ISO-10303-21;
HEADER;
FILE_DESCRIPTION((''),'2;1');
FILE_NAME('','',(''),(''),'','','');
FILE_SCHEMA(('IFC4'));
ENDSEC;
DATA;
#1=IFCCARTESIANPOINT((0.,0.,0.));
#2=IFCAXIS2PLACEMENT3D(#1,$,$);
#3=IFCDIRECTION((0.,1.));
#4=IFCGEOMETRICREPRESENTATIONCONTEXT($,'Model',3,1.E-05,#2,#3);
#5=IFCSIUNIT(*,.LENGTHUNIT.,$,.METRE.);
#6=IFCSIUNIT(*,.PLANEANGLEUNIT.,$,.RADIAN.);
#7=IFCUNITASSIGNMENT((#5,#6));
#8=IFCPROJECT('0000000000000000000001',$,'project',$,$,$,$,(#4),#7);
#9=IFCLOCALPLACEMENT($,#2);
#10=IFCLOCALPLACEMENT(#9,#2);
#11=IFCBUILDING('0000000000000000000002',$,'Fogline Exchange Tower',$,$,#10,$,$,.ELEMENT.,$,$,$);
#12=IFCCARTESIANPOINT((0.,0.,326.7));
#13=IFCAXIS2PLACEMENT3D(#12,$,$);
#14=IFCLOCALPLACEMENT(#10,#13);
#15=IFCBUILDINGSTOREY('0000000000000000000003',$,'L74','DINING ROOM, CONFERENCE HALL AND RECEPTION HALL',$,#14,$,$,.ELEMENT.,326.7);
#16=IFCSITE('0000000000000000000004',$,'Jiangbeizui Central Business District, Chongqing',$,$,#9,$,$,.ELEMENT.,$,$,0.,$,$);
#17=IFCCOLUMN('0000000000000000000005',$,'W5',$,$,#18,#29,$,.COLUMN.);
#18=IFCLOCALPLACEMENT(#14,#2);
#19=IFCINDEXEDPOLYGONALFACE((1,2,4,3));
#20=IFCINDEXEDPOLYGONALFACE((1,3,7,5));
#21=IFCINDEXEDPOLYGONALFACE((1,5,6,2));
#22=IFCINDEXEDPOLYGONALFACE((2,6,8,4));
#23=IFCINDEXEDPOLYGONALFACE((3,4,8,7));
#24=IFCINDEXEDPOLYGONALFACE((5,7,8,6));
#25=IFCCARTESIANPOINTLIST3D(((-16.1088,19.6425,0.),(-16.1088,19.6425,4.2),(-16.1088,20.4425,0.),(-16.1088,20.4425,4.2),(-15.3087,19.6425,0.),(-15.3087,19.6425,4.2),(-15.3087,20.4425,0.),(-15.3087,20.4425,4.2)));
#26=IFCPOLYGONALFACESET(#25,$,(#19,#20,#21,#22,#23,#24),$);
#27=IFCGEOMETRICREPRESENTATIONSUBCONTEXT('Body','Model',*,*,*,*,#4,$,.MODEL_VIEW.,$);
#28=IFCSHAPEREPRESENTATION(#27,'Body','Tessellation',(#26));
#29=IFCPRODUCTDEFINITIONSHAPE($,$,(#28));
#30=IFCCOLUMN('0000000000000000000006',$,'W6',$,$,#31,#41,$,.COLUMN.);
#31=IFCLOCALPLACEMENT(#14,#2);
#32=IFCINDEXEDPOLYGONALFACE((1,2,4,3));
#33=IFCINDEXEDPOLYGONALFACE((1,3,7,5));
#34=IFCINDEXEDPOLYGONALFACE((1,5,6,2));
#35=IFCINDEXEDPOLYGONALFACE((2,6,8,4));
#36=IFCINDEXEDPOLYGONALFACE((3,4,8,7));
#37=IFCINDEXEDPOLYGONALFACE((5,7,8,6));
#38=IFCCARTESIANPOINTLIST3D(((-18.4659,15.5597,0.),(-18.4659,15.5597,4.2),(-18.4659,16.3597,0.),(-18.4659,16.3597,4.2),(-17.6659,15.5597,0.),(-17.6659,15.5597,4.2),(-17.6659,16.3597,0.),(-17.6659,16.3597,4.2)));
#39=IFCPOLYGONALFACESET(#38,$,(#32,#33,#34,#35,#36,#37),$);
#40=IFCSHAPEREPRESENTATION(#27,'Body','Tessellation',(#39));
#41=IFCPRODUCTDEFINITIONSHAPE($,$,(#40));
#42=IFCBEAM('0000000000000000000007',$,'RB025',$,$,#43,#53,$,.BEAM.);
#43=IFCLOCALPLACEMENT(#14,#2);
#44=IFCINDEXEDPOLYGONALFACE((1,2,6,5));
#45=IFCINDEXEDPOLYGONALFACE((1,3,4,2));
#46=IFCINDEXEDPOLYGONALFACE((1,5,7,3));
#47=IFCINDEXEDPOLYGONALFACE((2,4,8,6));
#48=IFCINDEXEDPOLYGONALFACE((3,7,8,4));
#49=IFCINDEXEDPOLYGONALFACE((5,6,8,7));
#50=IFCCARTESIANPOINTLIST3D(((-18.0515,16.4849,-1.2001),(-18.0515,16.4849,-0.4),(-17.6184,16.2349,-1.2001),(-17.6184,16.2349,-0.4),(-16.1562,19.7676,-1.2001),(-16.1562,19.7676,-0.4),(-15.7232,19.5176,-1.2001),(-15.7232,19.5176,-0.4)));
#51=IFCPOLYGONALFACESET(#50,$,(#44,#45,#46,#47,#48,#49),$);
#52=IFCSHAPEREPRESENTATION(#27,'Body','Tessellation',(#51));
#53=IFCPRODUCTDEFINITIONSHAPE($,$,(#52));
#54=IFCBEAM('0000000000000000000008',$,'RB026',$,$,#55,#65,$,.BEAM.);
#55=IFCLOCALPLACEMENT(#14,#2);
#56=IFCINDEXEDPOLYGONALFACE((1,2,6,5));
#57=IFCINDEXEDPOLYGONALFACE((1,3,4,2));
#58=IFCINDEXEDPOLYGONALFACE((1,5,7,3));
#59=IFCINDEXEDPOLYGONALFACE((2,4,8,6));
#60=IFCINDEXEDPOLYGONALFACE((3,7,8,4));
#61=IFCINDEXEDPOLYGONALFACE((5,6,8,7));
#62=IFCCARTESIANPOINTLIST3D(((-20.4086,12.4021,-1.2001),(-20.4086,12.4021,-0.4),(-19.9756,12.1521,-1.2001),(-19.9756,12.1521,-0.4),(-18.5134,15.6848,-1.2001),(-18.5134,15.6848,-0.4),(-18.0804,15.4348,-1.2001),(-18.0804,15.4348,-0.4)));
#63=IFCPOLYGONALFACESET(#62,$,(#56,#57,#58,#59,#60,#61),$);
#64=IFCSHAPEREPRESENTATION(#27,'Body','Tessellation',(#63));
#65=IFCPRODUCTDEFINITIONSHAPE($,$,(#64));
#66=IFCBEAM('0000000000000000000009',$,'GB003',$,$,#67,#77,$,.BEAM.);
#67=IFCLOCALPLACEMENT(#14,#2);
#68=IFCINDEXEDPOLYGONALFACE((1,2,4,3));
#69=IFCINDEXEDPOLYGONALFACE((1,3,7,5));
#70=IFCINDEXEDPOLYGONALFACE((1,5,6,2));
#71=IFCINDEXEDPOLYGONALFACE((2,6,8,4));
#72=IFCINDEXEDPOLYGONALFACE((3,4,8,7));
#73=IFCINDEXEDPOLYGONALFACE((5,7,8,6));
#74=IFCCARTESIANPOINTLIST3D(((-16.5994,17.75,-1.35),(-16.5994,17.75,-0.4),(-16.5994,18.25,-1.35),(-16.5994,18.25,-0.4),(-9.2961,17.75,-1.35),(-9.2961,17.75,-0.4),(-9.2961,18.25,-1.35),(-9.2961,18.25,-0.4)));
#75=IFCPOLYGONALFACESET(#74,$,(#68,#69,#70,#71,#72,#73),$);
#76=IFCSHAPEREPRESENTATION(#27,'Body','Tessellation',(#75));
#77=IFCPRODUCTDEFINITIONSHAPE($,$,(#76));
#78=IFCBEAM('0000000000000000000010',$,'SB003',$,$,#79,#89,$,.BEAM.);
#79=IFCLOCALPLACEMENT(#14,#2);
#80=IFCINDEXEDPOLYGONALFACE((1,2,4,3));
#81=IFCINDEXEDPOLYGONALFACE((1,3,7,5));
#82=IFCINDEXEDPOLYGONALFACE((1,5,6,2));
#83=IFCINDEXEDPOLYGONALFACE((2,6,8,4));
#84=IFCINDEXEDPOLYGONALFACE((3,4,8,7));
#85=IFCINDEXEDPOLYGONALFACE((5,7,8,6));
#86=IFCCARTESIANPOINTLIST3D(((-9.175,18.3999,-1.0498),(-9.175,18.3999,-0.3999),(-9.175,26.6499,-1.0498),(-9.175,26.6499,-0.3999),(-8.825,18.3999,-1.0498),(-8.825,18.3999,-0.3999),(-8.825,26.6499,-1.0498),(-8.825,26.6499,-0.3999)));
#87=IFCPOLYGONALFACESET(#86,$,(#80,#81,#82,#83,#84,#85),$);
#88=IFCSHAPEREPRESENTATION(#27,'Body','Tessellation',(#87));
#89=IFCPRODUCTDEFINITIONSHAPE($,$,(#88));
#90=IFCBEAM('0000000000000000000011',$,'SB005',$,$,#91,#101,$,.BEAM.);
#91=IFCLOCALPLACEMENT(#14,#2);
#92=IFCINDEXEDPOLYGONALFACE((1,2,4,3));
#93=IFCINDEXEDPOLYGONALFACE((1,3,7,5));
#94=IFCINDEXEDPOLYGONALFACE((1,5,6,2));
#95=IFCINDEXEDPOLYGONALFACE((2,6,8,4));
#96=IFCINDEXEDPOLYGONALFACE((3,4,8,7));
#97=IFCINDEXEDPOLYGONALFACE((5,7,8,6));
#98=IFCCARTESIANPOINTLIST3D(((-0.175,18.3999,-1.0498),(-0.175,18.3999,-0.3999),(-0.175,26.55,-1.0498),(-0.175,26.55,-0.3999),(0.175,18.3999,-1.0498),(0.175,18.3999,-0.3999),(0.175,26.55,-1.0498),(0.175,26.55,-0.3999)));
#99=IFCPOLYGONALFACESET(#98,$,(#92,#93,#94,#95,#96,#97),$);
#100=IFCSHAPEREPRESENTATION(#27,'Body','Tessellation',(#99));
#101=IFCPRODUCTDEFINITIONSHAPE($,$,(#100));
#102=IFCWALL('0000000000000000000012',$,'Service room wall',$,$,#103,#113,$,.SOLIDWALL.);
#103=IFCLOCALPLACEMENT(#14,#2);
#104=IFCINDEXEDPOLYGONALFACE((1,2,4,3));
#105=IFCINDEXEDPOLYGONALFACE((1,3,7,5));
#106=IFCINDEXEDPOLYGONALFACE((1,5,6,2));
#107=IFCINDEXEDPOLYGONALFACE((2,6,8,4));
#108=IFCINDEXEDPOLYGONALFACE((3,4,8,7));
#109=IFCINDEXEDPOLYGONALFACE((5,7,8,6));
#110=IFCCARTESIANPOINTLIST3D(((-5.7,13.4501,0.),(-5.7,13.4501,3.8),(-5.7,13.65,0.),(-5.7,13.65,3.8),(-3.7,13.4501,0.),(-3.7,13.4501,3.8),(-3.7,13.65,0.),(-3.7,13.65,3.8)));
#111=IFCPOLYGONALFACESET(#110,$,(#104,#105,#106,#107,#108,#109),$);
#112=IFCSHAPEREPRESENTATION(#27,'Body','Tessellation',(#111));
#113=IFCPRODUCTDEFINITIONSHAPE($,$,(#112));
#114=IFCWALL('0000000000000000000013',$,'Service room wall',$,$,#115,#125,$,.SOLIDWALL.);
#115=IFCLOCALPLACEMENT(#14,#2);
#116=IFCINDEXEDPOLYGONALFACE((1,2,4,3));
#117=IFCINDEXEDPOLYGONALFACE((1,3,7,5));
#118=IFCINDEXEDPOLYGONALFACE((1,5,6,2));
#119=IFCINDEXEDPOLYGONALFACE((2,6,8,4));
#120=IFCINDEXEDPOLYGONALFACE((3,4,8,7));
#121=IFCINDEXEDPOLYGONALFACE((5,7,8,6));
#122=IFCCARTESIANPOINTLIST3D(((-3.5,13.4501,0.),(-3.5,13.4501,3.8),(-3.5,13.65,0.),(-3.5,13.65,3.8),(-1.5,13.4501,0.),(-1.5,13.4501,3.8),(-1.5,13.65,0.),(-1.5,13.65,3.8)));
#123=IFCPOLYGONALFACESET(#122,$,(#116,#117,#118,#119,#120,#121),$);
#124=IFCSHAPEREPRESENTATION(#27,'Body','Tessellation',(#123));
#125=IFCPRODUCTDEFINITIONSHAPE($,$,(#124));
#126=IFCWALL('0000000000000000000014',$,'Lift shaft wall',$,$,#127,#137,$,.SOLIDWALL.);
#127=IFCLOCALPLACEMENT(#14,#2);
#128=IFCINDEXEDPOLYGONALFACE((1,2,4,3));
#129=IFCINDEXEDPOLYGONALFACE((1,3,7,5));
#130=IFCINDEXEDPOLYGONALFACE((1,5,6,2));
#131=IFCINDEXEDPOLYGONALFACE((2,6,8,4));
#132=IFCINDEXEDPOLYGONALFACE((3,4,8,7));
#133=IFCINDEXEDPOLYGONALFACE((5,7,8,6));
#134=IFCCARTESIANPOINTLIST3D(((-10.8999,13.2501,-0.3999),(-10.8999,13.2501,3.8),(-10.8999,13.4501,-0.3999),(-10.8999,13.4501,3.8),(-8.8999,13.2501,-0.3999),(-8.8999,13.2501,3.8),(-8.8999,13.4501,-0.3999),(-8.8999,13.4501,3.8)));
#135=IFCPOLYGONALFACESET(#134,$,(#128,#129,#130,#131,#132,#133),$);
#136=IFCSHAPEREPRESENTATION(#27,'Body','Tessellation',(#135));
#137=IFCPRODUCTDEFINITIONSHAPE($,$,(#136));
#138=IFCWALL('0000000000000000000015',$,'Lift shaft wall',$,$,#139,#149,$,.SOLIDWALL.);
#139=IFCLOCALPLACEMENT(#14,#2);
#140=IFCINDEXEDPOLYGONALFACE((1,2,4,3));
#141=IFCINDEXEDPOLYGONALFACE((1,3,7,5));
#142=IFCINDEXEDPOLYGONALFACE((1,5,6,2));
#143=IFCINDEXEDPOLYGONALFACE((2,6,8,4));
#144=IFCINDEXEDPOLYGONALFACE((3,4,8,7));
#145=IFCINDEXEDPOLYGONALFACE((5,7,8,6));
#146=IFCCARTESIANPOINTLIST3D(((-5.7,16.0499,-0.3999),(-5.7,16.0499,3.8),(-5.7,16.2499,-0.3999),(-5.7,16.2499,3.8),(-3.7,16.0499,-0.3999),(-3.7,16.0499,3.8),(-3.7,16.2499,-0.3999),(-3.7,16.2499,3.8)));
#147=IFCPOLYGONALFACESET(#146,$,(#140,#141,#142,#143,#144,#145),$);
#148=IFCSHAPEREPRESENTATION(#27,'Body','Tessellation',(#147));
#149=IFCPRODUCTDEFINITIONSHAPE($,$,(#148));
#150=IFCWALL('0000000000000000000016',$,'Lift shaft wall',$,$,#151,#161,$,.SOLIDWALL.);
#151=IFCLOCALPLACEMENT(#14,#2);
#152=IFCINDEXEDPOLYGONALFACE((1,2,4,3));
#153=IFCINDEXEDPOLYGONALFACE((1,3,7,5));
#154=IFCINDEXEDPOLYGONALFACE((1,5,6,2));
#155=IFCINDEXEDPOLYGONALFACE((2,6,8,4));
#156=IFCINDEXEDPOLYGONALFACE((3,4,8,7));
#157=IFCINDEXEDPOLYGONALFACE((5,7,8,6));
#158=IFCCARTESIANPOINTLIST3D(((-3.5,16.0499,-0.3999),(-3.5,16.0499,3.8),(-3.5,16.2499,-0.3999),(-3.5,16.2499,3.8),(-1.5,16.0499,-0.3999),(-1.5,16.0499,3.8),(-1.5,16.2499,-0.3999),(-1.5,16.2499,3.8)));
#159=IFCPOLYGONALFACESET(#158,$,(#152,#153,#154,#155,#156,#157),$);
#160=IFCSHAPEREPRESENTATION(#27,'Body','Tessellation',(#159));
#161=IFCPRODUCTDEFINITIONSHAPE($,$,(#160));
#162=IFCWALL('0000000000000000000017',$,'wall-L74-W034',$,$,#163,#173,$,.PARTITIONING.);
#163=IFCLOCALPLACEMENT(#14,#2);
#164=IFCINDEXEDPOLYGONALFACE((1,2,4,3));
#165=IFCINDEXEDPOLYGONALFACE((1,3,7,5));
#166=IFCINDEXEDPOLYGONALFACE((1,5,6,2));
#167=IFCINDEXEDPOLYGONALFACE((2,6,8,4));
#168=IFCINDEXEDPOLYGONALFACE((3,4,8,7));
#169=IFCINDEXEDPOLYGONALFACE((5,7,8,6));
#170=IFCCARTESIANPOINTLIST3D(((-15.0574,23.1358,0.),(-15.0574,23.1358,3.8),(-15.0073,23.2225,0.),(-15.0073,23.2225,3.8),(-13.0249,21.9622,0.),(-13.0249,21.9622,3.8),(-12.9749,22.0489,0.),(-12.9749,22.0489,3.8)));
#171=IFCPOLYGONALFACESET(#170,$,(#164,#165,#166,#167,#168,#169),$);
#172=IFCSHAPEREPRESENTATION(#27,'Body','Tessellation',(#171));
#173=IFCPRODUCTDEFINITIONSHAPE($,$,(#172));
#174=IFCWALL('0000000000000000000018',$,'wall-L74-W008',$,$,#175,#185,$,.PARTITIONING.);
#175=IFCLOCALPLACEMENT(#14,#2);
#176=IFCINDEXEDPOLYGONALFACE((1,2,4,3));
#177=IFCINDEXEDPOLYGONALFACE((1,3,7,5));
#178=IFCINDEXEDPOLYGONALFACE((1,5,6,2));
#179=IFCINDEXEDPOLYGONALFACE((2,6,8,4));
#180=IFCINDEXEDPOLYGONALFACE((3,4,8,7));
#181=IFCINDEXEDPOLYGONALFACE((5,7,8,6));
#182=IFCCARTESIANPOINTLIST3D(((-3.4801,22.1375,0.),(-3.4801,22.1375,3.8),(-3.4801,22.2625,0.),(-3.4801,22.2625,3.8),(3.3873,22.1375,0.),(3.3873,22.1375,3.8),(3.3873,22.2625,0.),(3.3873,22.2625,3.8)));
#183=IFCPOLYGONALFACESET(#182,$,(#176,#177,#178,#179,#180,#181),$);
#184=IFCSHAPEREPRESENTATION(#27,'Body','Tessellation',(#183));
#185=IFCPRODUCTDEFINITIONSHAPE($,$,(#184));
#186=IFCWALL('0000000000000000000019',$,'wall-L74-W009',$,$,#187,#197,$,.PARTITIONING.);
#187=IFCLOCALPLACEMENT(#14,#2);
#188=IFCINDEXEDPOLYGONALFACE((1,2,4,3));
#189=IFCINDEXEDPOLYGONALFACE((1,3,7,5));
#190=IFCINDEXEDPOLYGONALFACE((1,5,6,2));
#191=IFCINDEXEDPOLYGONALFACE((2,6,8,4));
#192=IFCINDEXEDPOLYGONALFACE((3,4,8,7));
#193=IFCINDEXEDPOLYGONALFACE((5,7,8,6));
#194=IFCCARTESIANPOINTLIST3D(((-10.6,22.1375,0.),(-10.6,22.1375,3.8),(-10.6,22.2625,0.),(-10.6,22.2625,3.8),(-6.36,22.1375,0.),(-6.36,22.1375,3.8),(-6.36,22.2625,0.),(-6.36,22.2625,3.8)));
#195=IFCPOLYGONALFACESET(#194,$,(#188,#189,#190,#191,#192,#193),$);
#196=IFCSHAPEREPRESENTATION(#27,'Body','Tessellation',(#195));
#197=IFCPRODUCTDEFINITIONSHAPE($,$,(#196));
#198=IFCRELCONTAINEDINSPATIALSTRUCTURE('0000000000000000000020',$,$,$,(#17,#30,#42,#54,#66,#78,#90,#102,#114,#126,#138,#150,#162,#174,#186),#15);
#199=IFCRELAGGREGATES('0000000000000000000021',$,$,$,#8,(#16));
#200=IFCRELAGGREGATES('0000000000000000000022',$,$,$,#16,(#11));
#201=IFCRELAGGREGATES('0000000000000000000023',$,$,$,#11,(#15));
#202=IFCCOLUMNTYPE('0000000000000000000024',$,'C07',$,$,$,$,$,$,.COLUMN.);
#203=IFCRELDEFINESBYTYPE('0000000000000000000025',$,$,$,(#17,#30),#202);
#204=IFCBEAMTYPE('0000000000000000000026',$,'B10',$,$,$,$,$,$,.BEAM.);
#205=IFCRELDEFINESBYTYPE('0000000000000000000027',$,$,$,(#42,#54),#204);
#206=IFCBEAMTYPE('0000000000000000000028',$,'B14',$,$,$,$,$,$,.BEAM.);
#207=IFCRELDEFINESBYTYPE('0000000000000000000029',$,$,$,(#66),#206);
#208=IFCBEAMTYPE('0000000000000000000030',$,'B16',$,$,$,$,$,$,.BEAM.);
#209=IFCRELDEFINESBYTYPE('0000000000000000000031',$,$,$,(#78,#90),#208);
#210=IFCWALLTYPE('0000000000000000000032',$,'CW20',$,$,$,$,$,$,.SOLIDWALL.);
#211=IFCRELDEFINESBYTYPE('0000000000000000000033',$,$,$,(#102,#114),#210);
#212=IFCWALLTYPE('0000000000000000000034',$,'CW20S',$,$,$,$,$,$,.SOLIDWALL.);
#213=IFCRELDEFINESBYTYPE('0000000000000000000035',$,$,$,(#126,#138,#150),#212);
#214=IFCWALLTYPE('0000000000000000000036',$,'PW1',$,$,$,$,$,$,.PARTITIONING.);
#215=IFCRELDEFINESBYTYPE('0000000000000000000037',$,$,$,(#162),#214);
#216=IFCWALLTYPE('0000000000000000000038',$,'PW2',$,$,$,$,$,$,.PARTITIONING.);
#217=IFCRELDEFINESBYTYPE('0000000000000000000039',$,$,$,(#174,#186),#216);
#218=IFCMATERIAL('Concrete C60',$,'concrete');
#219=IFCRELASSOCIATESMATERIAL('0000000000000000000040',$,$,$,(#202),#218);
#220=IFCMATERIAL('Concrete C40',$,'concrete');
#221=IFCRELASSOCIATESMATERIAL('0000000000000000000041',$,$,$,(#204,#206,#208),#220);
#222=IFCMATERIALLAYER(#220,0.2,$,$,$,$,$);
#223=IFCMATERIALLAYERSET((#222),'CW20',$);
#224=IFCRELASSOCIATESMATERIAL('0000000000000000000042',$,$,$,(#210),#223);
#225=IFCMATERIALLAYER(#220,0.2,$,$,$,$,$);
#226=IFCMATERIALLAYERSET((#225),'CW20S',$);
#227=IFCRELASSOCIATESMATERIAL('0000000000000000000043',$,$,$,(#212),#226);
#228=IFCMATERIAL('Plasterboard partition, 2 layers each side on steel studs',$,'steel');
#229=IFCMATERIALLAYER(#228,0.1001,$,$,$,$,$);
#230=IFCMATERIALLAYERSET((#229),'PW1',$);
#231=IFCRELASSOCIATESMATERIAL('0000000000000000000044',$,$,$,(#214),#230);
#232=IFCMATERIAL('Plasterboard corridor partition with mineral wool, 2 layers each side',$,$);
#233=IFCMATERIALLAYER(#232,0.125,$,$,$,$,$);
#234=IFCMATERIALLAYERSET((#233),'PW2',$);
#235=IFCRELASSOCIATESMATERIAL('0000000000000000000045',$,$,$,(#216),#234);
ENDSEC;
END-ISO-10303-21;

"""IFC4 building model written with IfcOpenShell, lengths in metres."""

from ifc_helpers import new_model, si_unit, direction, frame, frame_2d, origin, origin_2d, place, context, subcontext, project, spatial, rectangle, extrude, material, layer, layer_set, material_profile, profile_set, type_object, element, save


model = new_model("IFC4")

# Units and contexts
model_context = context("Model", 3, precision=1e-05, world=origin(), true_north=direction((0.0, 1.0)))
body_context = subcontext(model_context, "Body", "Model", "MODEL_VIEW")
ifc_project = project(units=[si_unit("LENGTHUNIT", "METRE"), si_unit("PLANEANGLEUNIT", "RADIAN")], contexts=[model_context])

# Site, building, storey
site_placement = place(None, origin())
site = spatial("IfcSite", under=ifc_project, at=site_placement, Name="Jiangbeizui Central Business District, Chongqing", CompositionType="ELEMENT", RefElevation=0.0)
building_placement = place(site_placement, origin())
building = spatial("IfcBuilding", under=site, at=building_placement, Name="Fogline Exchange Tower", CompositionType="ELEMENT")
storey_placement = place(building_placement, frame((0.0, 0.0, 326.7)))
storey = spatial("IfcBuildingStorey", under=building, at=storey_placement, Name="L74", Description="DINING ROOM, CONFERENCE HALL AND RECEPTION HALL", CompositionType="ELEMENT", Elevation=326.7)

# Columns
ifc_material_1 = material(Name="Concrete C60", Category="concrete")
ifc_material_profile_1 = material_profile(ifc_material_1, rectangle(XDim=0.8, YDim=0.8, at=origin_2d()), Name="RC 800x800")
ifc_profile_set_1 = profile_set([ifc_material_profile_1], Name="Concrete C60")
column_type = type_object("IfcColumnType", Name="C07", PredefinedType="COLUMN", material=ifc_profile_set_1)
for number, where, z_axis, x_axis, name in (
    (1, (-15.7087, 20.0425, 0.0), (0.0, 0.0, 1.0), (1.0, 0.0, 0.0), "W5"),
    (2, (-18.0659, 15.9597, 0.0), (0.0, 0.0, 1.0), (1.0, 0.0, 0.0), "W6"),
):
    element("IfcColumn", number, at=place(storey_placement, frame(where, z_axis=z_axis, x_axis=x_axis)), inside=storey, type_object=column_type, Name=name, PredefinedType="COLUMN", context=body_context, shape_type="SweptSolid", body=[
        extrude(rectangle(XDim=0.8, YDim=0.8, at=origin_2d()), origin(), (0.0, 0.0, 1.0), 4.2),
    ])

# Beams
ifc_material_2 = material(Name="Concrete C40", Category="concrete")
ifc_material_profile_2 = material_profile(ifc_material_2, rectangle(XDim=0.5, YDim=0.8, at=origin_2d()), Name="RC 500x800")
ifc_profile_set_2 = profile_set([ifc_material_profile_2], Name="Concrete C40")
beam_type_1 = type_object("IfcBeamType", Name="B10", PredefinedType="BEAM", material=ifc_profile_set_2)
for number, where, z_axis, x_axis, name in (
    (3, (-15.9397, 19.6426, -0.8), (-0.499998, -0.866027, 0.0), (0.866027, -0.499998, 0.0), "RB025"),
    (4, (-18.2969, 15.5598, -0.8), (-0.499998, -0.866027, 0.0), (0.866027, -0.499998, 0.0), "RB026"),
):
    element("IfcBeam", number, at=place(storey_placement, frame(where, z_axis=z_axis, x_axis=x_axis)), inside=storey, type_object=beam_type_1, Name=name, PredefinedType="BEAM", context=body_context, shape_type="SweptSolid", body=[
        extrude(rectangle(XDim=0.5, YDim=0.8, at=origin_2d()), origin(), (0.0, 0.0, 1.0), 3.7905),
    ])
ifc_material_profile_3 = material_profile(ifc_material_2, rectangle(XDim=0.5, YDim=0.95, at=origin_2d()), Name="RC 500x950")
ifc_profile_set_3 = profile_set([ifc_material_profile_3], Name="Concrete C40")
beam_type_2 = type_object("IfcBeamType", Name="B14", PredefinedType="BEAM", material=ifc_profile_set_3)
beam_1_placement = place(storey_placement, frame((-16.5994, 18.0, -0.875), z_axis=(1.0, 0.0, 0.0), x_axis=(0.0, 1.0, 0.0)))
element("IfcBeam", 5, at=beam_1_placement, inside=storey, type_object=beam_type_2, Name="GB003", PredefinedType="BEAM", context=body_context, shape_type="SweptSolid", body=[
    extrude(rectangle(XDim=0.5, YDim=0.95, at=origin_2d()), origin(), (0.0, 0.0, 1.0), 7.3032),
])
ifc_material_profile_4 = material_profile(ifc_material_2, rectangle(XDim=0.3501, YDim=0.6499, at=origin_2d()), Name="RC 350x650")
ifc_profile_set_4 = profile_set([ifc_material_profile_4], Name="Concrete C40")
beam_type_3 = type_object("IfcBeamType", Name="B16", PredefinedType="BEAM", material=ifc_profile_set_4)
beam_2_placement = place(storey_placement, frame((-9.0, 18.3999, -0.7249), z_axis=(0.0, 1.0, 0.0), x_axis=(-1.0, 0.0, 0.0)))
element("IfcBeam", 6, at=beam_2_placement, inside=storey, type_object=beam_type_3, Name="SB003", PredefinedType="BEAM", context=body_context, shape_type="SweptSolid", body=[
    extrude(rectangle(XDim=0.3501, YDim=0.6499, at=origin_2d()), origin(), (0.0, 0.0, 1.0), 8.25),
])
beam_3_placement = place(storey_placement, frame((0.0, 18.3999, -0.7249), z_axis=(0.0, 1.0, 0.0), x_axis=(-1.0, 0.0, 0.0)))
element("IfcBeam", 7, at=beam_3_placement, inside=storey, type_object=beam_type_3, Name="SB005", PredefinedType="BEAM", context=body_context, shape_type="SweptSolid", body=[
    extrude(rectangle(XDim=0.3501, YDim=0.6499, at=origin_2d()), origin(), (0.0, 0.0, 1.0), 8.1501),
])

# Walls
ifc_layer_1 = layer(ifc_material_2, 0.2)
ifc_layer_set_1 = layer_set([ifc_layer_1], Name="CW20")
wall_type_1 = type_object("IfcWallType", Name="CW20", PredefinedType="SOLIDWALL", material=ifc_layer_set_1)
for number, where, z_axis, x_axis, name in (
    (8, (-5.7, 13.55, 0.0), (0.0, 0.0, 1.0), (1.0, 0.0, 0.0), "Service room wall"),
    (9, (-3.5, 13.55, 0.0), (0.0, 0.0, 1.0), (1.0, 0.0, 0.0), "Service room wall"),
):
    element("IfcWall", number, at=place(storey_placement, frame(where, z_axis=z_axis, x_axis=x_axis)), inside=storey, type_object=wall_type_1, Name=name, PredefinedType="SOLIDWALL", context=body_context, shape_type="SweptSolid", body=[
        extrude(rectangle(XDim=2.0, YDim=0.2, at=frame_2d((1.0, 0.0))), origin(), (0.0, 0.0, 1.0), 3.8),
    ])
ifc_layer_2 = layer(ifc_material_2, 0.2)
ifc_layer_set_2 = layer_set([ifc_layer_2], Name="CW20S")
wall_type_2 = type_object("IfcWallType", Name="CW20S", PredefinedType="SOLIDWALL", material=ifc_layer_set_2)
for number, where, z_axis, x_axis, name in (
    (10, (-10.8999, 13.3501, -0.3999), (0.0, 0.0, 1.0), (1.0, 0.0, 0.0), "Lift shaft wall"),
    (11, (-5.7, 16.1499, -0.3999), (0.0, 0.0, 1.0), (1.0, 0.0, 0.0), "Lift shaft wall"),
    (12, (-3.5, 16.1499, -0.3999), (0.0, 0.0, 1.0), (1.0, 0.0, 0.0), "Lift shaft wall"),
):
    element("IfcWall", number, at=place(storey_placement, frame(where, z_axis=z_axis, x_axis=x_axis)), inside=storey, type_object=wall_type_2, Name=name, PredefinedType="SOLIDWALL", context=body_context, shape_type="SweptSolid", body=[
        extrude(rectangle(XDim=2.0, YDim=0.2, at=frame_2d((1.0, 0.0))), origin(), (0.0, 0.0, 1.0), 4.2),
    ])
ifc_material_3 = material(Name="Plasterboard partition, 2 layers each side on steel studs", Category="steel")
ifc_layer_3 = layer(ifc_material_3, 0.1001)
ifc_layer_set_3 = layer_set([ifc_layer_3], Name="PW1")
wall_type_3 = type_object("IfcWallType", Name="PW1", PredefinedType="PARTITIONING", material=ifc_layer_set_3)
wall_1_placement = place(storey_placement, frame((-13.0, 22.0056, 0.0), z_axis=(0.0, 0.0, 1.0), x_axis=(-0.866, 0.500044, 0.0)))
element("IfcWall", 13, at=wall_1_placement, inside=storey, type_object=wall_type_3, Name="wall-L74-W034", PredefinedType="PARTITIONING", context=body_context, shape_type="SweptSolid", body=[
    extrude(rectangle(XDim=2.3469, YDim=0.1001, at=frame_2d((1.1733, 0.0))), origin(), (0.0, 0.0, 1.0), 3.8),
])
ifc_material_4 = material(Name="Plasterboard corridor partition with mineral wool, 2 layers each side")
ifc_layer_4 = layer(ifc_material_4, 0.125)
ifc_layer_set_4 = layer_set([ifc_layer_4], Name="PW2")
wall_type_4 = type_object("IfcWallType", Name="PW2", PredefinedType="PARTITIONING", material=ifc_layer_set_4)
wall_2_placement = place(storey_placement, frame((-3.48, 22.2, 0.0), z_axis=(0.0, 0.0, 1.0), x_axis=(1.0, 0.0, 0.0)))
element("IfcWall", 14, at=wall_2_placement, inside=storey, type_object=wall_type_4, Name="wall-L74-W008", PredefinedType="PARTITIONING", context=body_context, shape_type="SweptSolid", body=[
    extrude(rectangle(XDim=6.8674, YDim=0.125, at=frame_2d((3.4336, 0.0))), origin(), (0.0, 0.0, 1.0), 3.8),
])
wall_3_placement = place(storey_placement, frame((-10.6001, 22.2, 0.0), z_axis=(0.0, 0.0, 1.0), x_axis=(1.0, 0.0, 0.0)))
element("IfcWall", 15, at=wall_3_placement, inside=storey, type_object=wall_type_4, Name="wall-L74-W009", PredefinedType="PARTITIONING", context=body_context, shape_type="SweptSolid", body=[
    extrude(rectangle(XDim=4.24, YDim=0.125, at=frame_2d((2.1201, 0.0))), origin(), (0.0, 0.0, 1.0), 3.8),
])

save(model, "model.ifc")
